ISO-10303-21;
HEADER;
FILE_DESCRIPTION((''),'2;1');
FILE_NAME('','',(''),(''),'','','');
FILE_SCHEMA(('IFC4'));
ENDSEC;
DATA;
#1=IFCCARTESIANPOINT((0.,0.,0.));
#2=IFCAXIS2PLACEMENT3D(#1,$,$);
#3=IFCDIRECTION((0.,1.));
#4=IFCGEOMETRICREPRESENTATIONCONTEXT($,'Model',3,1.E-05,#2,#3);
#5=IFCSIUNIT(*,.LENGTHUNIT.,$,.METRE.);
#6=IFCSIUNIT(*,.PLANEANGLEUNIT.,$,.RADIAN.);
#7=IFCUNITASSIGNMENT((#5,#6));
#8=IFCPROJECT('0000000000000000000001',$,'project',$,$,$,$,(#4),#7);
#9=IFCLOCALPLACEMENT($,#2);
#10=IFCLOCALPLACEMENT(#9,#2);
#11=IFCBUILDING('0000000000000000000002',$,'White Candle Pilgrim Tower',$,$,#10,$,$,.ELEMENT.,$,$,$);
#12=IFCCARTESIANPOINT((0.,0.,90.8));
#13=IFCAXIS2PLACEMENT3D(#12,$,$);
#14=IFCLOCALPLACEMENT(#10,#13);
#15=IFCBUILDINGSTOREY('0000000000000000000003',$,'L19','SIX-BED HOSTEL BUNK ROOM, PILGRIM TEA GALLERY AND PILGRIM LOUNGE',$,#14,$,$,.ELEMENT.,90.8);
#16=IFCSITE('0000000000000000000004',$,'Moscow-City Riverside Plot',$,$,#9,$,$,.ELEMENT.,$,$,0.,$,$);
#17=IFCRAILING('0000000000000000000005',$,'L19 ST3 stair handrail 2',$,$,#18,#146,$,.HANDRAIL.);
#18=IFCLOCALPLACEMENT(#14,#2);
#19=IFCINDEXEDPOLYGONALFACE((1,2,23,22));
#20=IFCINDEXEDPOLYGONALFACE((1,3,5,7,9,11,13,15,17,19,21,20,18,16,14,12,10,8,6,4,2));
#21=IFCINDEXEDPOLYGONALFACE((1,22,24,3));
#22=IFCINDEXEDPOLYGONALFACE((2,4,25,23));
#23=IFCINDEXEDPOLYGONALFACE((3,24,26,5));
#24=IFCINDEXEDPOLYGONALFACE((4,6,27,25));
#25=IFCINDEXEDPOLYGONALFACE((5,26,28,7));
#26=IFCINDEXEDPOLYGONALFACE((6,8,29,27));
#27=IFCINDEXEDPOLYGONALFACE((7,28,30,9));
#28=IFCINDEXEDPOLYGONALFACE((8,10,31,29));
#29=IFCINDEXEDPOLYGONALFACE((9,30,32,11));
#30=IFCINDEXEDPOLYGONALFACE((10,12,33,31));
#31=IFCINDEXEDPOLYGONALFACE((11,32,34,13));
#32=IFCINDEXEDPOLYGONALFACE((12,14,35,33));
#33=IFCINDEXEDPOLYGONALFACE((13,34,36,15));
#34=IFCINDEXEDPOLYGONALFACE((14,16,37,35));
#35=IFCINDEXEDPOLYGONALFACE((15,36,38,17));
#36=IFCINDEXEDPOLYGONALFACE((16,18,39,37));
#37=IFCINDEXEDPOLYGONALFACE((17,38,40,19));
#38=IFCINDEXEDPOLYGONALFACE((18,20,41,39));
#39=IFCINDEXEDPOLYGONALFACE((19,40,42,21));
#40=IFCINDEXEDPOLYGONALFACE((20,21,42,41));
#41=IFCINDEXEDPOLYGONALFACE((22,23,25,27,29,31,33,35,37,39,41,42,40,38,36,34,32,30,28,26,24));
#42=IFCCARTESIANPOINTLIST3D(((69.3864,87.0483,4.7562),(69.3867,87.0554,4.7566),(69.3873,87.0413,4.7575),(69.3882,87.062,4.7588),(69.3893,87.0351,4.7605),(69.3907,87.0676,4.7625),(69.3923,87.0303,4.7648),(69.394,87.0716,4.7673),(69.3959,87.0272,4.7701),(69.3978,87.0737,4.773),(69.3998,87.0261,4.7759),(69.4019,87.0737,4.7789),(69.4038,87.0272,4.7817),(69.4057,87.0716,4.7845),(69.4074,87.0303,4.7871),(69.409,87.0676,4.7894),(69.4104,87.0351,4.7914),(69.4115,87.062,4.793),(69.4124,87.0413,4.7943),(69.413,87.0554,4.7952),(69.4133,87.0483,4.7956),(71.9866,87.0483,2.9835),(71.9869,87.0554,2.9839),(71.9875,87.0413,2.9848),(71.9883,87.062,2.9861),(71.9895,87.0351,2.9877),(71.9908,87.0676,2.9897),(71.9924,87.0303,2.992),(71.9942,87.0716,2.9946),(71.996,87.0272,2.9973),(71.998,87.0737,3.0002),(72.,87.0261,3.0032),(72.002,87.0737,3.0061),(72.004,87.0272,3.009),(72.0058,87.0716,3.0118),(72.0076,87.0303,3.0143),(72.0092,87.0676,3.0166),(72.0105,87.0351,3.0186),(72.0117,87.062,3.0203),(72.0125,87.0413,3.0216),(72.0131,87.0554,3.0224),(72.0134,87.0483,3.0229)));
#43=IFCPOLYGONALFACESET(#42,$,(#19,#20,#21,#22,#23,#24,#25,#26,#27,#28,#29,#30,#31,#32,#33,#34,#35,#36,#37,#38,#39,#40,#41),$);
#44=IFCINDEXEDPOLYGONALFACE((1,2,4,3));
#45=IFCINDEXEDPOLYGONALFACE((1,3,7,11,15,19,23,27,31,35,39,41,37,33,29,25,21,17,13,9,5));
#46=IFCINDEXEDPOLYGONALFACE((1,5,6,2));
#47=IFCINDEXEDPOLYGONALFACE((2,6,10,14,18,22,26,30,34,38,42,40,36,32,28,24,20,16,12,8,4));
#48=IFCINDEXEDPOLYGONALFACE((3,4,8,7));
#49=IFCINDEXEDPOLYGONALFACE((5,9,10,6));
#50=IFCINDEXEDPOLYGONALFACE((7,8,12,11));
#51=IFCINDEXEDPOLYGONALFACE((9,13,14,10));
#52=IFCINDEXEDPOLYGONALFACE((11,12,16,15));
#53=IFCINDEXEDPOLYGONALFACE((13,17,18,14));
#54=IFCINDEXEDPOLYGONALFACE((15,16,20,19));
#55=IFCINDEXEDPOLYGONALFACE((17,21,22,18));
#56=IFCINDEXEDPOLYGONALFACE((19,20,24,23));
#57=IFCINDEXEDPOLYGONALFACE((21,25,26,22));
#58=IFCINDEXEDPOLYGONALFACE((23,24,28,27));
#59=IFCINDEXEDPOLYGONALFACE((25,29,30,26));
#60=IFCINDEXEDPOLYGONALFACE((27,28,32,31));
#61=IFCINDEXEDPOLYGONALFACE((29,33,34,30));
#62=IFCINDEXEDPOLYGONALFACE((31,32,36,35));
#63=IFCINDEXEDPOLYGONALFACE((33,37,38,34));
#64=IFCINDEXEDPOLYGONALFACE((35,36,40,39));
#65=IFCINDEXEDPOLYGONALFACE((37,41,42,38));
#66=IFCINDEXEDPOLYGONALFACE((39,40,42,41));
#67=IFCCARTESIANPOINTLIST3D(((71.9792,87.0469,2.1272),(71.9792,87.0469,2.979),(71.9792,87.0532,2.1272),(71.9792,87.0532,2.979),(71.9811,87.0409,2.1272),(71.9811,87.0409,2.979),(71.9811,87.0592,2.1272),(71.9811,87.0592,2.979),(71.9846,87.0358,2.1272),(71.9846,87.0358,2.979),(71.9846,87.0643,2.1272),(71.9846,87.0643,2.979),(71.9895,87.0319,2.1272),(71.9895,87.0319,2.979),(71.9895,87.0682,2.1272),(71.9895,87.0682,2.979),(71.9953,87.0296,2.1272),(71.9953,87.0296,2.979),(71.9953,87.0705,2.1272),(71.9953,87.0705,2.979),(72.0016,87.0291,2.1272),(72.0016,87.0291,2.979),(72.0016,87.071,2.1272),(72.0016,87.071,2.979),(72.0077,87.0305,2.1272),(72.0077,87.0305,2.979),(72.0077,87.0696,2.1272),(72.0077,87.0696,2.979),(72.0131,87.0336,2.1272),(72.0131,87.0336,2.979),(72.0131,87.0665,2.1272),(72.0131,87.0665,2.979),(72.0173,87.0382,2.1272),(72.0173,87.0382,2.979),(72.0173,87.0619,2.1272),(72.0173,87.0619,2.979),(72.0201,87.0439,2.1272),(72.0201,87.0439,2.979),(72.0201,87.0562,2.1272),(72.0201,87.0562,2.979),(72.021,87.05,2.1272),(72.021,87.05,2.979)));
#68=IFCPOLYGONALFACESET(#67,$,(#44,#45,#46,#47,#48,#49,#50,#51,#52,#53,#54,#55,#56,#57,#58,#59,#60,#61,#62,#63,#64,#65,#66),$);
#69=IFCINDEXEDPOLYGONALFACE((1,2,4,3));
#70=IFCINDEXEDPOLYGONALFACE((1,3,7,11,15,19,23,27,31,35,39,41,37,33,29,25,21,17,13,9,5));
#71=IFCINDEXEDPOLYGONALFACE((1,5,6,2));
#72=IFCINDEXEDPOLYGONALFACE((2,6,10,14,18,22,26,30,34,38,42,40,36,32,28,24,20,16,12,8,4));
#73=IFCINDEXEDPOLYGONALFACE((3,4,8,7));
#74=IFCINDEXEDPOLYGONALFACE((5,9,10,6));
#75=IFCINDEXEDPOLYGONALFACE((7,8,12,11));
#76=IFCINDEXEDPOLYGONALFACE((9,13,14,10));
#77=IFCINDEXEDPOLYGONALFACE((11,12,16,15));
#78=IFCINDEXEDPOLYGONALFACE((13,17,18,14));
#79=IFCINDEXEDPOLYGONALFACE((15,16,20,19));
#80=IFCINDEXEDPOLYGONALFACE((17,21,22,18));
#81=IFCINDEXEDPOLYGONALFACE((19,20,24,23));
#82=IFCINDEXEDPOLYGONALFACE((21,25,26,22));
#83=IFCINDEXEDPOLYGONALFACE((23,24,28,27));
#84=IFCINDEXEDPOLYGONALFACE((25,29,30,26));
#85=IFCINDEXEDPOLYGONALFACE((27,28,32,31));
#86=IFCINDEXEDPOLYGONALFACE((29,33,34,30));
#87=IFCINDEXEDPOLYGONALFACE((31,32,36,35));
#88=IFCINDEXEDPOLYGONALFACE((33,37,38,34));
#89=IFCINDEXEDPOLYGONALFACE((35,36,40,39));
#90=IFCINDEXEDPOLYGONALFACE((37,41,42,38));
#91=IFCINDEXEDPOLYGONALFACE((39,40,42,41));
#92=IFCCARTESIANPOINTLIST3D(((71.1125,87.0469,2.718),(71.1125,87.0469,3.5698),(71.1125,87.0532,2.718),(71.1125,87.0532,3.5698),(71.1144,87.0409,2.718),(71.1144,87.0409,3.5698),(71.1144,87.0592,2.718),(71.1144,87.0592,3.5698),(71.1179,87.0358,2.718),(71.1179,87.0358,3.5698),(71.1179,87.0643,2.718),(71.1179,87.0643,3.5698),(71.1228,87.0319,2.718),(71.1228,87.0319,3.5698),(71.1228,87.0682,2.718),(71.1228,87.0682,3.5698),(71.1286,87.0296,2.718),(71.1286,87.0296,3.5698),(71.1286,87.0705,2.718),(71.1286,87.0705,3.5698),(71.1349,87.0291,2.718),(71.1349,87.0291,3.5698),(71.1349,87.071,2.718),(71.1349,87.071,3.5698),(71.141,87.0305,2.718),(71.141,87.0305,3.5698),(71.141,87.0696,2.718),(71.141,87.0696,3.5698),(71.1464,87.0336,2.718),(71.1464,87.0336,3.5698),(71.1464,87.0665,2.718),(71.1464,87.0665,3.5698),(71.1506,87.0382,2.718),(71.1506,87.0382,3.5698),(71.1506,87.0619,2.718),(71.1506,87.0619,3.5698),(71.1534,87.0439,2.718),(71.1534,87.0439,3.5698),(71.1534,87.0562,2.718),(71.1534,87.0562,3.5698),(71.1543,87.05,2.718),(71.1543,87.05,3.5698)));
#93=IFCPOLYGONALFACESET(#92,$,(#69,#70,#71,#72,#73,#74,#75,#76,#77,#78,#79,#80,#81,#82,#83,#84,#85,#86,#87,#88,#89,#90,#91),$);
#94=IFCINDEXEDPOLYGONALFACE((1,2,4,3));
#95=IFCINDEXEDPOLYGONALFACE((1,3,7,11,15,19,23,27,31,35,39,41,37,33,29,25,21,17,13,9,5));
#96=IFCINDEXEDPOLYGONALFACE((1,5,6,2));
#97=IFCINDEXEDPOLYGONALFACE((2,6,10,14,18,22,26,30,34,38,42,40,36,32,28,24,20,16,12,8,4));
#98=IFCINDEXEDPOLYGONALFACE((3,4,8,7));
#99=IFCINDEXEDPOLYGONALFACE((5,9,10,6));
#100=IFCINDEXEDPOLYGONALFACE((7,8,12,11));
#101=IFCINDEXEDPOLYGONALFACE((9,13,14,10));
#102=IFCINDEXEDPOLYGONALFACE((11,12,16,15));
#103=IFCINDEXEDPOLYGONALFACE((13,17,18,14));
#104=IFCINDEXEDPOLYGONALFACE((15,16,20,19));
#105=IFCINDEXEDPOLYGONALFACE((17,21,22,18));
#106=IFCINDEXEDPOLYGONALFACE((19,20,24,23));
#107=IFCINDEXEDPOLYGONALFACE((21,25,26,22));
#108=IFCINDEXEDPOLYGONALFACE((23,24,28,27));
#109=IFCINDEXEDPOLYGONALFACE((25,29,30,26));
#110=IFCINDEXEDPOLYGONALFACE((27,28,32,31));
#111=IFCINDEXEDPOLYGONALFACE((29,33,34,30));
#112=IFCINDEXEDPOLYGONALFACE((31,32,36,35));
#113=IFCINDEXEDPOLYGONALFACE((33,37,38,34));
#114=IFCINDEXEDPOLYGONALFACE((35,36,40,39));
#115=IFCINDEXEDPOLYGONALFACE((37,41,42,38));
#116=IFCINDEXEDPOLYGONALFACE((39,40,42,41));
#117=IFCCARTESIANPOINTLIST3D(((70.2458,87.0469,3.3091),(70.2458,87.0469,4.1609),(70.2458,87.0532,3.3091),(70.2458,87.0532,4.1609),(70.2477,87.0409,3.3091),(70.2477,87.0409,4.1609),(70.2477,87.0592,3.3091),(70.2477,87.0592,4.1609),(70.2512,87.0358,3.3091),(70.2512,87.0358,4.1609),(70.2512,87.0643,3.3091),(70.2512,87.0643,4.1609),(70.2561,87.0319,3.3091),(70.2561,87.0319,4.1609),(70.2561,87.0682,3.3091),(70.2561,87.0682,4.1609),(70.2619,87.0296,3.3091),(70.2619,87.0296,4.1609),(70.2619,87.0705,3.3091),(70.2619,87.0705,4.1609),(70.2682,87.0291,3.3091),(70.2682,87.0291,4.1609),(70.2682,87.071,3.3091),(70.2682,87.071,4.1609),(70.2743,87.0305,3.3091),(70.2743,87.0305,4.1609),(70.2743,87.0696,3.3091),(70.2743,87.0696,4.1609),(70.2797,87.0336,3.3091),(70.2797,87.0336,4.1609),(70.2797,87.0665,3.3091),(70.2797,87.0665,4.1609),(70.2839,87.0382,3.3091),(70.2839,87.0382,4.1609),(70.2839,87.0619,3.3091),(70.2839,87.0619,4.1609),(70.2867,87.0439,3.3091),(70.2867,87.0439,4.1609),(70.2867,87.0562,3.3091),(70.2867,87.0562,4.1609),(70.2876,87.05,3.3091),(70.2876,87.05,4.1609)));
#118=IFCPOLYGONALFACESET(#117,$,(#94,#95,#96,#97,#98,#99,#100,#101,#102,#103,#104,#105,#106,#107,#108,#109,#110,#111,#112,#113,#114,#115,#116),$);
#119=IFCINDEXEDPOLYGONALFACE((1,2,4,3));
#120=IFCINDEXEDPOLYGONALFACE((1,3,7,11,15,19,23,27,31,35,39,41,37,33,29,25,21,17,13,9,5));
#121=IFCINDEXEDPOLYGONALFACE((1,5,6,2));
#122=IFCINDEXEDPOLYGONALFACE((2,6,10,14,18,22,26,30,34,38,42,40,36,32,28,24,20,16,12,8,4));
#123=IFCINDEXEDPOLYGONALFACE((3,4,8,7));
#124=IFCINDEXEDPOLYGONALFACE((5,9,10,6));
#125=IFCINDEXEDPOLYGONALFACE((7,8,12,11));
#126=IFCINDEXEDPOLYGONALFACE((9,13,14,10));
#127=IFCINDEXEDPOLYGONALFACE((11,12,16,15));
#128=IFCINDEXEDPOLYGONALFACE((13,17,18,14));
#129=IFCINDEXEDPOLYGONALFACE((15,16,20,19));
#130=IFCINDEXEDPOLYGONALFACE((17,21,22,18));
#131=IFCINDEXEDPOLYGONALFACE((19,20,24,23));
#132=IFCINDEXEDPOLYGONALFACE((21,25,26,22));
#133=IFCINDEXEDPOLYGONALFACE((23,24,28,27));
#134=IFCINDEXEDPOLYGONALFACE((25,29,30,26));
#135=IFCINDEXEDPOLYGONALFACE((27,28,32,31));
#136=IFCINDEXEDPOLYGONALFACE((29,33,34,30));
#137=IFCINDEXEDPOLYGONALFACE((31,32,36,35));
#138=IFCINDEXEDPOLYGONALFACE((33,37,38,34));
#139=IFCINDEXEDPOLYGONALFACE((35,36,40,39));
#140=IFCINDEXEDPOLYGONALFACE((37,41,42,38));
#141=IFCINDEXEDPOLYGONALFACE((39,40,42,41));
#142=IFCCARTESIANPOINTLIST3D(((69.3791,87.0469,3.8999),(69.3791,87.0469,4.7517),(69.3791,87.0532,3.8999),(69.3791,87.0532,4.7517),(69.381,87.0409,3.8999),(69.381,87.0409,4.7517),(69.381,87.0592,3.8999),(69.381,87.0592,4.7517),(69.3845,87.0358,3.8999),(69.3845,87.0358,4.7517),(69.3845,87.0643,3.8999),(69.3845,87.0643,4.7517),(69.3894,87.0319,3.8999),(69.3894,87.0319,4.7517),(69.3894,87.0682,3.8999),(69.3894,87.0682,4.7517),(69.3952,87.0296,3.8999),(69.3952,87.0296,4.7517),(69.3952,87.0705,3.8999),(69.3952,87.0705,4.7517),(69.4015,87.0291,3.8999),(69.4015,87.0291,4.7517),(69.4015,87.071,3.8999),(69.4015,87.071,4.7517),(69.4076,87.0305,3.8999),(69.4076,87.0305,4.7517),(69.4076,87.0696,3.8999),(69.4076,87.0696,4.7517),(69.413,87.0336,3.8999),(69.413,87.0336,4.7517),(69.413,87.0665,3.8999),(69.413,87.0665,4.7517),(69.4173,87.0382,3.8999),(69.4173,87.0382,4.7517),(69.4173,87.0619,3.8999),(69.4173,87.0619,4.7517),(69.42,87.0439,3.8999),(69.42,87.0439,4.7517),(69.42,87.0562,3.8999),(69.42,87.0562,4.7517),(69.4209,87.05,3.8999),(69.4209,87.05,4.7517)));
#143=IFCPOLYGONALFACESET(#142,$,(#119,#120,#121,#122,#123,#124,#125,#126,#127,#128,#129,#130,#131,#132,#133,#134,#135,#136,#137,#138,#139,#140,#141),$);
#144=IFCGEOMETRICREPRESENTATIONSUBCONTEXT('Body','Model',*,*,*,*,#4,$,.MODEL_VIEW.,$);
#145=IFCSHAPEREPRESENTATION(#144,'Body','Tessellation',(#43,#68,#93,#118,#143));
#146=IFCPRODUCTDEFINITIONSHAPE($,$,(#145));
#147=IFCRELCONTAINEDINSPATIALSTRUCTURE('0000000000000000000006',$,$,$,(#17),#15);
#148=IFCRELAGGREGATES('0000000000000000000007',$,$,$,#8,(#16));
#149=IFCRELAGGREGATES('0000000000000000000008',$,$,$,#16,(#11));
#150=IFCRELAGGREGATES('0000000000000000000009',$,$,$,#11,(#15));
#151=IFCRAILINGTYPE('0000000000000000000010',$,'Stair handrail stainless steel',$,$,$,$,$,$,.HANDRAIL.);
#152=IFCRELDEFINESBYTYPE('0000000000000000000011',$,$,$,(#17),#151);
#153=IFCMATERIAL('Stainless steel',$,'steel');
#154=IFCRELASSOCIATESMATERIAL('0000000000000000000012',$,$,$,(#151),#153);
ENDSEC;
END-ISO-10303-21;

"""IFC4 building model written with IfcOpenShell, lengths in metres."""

from ifc_helpers import new_model, si_unit, direction, frame, origin, origin_2d, place, context, subcontext, project, spatial, circle, extrude, material, type_object, element, save


model = new_model("IFC4")

# Units and contexts
model_context = context("Model", 3, precision=1e-05, world=origin(), true_north=direction((0.0, 1.0)))
body_context = subcontext(model_context, "Body", "Model", "MODEL_VIEW")
ifc_project = project(units=[si_unit("LENGTHUNIT", "METRE"), si_unit("PLANEANGLEUNIT", "RADIAN")], contexts=[model_context])

# Site, building, storey
site_placement = place(None, origin())
site = spatial("IfcSite", under=ifc_project, at=site_placement, Name="Moscow-City Riverside Plot", CompositionType="ELEMENT", RefElevation=0.0)
building_placement = place(site_placement, origin())
building = spatial("IfcBuilding", under=site, at=building_placement, Name="White Candle Pilgrim Tower", CompositionType="ELEMENT")
storey_placement = place(building_placement, frame((0.0, 0.0, 90.8)))
storey = spatial("IfcBuildingStorey", under=building, at=storey_placement, Name="L19", Description="SIX-BED HOSTEL BUNK ROOM, PILGRIM TEA GALLERY AND PILGRIM LOUNGE", CompositionType="ELEMENT", Elevation=90.8)

# Railing
ifc_material_1 = material(Name="Stainless steel", Category="steel")
railing_type_1 = type_object("IfcRailingType", Name="Stair handrail stainless steel", PredefinedType="HANDRAIL", material=ifc_material_1)
railing_1_placement = place(storey_placement, frame((72.0, 87.05, 2.1272)))
element("IfcRailing", 1, at=railing_1_placement, inside=storey, type_object=railing_type_1, Name="L19 ST3 stair handrail 2", PredefinedType="HANDRAIL", context=body_context, shape_type="SweptSolid", body=[
    extrude(circle(Radius=0.0239, at=origin_2d()), frame((0.0, 0.0, 0.876), z_axis=(-0.82624, 0.0, 0.563318), x_axis=(0.0, -1.0, 0.0)), (0.0, 0.0, 1.0), 3.147),
    extrude(circle(Radius=0.021, at=origin_2d()), origin(), (0.0, 0.0, 1.0), 0.8518),
    extrude(circle(Radius=0.021, at=origin_2d()), frame((-0.8667, 0.0, 0.5908)), (0.0, 0.0, 1.0), 0.8518),
    extrude(circle(Radius=0.021, at=origin_2d()), frame((-1.7334, 0.0, 1.1819)), (0.0, 0.0, 1.0), 0.8518),
    extrude(circle(Radius=0.021, at=origin_2d()), frame((-2.6001, 0.0, 1.7727)), (0.0, 0.0, 1.0), 0.8518),
])

save(model, "model.ifc")
